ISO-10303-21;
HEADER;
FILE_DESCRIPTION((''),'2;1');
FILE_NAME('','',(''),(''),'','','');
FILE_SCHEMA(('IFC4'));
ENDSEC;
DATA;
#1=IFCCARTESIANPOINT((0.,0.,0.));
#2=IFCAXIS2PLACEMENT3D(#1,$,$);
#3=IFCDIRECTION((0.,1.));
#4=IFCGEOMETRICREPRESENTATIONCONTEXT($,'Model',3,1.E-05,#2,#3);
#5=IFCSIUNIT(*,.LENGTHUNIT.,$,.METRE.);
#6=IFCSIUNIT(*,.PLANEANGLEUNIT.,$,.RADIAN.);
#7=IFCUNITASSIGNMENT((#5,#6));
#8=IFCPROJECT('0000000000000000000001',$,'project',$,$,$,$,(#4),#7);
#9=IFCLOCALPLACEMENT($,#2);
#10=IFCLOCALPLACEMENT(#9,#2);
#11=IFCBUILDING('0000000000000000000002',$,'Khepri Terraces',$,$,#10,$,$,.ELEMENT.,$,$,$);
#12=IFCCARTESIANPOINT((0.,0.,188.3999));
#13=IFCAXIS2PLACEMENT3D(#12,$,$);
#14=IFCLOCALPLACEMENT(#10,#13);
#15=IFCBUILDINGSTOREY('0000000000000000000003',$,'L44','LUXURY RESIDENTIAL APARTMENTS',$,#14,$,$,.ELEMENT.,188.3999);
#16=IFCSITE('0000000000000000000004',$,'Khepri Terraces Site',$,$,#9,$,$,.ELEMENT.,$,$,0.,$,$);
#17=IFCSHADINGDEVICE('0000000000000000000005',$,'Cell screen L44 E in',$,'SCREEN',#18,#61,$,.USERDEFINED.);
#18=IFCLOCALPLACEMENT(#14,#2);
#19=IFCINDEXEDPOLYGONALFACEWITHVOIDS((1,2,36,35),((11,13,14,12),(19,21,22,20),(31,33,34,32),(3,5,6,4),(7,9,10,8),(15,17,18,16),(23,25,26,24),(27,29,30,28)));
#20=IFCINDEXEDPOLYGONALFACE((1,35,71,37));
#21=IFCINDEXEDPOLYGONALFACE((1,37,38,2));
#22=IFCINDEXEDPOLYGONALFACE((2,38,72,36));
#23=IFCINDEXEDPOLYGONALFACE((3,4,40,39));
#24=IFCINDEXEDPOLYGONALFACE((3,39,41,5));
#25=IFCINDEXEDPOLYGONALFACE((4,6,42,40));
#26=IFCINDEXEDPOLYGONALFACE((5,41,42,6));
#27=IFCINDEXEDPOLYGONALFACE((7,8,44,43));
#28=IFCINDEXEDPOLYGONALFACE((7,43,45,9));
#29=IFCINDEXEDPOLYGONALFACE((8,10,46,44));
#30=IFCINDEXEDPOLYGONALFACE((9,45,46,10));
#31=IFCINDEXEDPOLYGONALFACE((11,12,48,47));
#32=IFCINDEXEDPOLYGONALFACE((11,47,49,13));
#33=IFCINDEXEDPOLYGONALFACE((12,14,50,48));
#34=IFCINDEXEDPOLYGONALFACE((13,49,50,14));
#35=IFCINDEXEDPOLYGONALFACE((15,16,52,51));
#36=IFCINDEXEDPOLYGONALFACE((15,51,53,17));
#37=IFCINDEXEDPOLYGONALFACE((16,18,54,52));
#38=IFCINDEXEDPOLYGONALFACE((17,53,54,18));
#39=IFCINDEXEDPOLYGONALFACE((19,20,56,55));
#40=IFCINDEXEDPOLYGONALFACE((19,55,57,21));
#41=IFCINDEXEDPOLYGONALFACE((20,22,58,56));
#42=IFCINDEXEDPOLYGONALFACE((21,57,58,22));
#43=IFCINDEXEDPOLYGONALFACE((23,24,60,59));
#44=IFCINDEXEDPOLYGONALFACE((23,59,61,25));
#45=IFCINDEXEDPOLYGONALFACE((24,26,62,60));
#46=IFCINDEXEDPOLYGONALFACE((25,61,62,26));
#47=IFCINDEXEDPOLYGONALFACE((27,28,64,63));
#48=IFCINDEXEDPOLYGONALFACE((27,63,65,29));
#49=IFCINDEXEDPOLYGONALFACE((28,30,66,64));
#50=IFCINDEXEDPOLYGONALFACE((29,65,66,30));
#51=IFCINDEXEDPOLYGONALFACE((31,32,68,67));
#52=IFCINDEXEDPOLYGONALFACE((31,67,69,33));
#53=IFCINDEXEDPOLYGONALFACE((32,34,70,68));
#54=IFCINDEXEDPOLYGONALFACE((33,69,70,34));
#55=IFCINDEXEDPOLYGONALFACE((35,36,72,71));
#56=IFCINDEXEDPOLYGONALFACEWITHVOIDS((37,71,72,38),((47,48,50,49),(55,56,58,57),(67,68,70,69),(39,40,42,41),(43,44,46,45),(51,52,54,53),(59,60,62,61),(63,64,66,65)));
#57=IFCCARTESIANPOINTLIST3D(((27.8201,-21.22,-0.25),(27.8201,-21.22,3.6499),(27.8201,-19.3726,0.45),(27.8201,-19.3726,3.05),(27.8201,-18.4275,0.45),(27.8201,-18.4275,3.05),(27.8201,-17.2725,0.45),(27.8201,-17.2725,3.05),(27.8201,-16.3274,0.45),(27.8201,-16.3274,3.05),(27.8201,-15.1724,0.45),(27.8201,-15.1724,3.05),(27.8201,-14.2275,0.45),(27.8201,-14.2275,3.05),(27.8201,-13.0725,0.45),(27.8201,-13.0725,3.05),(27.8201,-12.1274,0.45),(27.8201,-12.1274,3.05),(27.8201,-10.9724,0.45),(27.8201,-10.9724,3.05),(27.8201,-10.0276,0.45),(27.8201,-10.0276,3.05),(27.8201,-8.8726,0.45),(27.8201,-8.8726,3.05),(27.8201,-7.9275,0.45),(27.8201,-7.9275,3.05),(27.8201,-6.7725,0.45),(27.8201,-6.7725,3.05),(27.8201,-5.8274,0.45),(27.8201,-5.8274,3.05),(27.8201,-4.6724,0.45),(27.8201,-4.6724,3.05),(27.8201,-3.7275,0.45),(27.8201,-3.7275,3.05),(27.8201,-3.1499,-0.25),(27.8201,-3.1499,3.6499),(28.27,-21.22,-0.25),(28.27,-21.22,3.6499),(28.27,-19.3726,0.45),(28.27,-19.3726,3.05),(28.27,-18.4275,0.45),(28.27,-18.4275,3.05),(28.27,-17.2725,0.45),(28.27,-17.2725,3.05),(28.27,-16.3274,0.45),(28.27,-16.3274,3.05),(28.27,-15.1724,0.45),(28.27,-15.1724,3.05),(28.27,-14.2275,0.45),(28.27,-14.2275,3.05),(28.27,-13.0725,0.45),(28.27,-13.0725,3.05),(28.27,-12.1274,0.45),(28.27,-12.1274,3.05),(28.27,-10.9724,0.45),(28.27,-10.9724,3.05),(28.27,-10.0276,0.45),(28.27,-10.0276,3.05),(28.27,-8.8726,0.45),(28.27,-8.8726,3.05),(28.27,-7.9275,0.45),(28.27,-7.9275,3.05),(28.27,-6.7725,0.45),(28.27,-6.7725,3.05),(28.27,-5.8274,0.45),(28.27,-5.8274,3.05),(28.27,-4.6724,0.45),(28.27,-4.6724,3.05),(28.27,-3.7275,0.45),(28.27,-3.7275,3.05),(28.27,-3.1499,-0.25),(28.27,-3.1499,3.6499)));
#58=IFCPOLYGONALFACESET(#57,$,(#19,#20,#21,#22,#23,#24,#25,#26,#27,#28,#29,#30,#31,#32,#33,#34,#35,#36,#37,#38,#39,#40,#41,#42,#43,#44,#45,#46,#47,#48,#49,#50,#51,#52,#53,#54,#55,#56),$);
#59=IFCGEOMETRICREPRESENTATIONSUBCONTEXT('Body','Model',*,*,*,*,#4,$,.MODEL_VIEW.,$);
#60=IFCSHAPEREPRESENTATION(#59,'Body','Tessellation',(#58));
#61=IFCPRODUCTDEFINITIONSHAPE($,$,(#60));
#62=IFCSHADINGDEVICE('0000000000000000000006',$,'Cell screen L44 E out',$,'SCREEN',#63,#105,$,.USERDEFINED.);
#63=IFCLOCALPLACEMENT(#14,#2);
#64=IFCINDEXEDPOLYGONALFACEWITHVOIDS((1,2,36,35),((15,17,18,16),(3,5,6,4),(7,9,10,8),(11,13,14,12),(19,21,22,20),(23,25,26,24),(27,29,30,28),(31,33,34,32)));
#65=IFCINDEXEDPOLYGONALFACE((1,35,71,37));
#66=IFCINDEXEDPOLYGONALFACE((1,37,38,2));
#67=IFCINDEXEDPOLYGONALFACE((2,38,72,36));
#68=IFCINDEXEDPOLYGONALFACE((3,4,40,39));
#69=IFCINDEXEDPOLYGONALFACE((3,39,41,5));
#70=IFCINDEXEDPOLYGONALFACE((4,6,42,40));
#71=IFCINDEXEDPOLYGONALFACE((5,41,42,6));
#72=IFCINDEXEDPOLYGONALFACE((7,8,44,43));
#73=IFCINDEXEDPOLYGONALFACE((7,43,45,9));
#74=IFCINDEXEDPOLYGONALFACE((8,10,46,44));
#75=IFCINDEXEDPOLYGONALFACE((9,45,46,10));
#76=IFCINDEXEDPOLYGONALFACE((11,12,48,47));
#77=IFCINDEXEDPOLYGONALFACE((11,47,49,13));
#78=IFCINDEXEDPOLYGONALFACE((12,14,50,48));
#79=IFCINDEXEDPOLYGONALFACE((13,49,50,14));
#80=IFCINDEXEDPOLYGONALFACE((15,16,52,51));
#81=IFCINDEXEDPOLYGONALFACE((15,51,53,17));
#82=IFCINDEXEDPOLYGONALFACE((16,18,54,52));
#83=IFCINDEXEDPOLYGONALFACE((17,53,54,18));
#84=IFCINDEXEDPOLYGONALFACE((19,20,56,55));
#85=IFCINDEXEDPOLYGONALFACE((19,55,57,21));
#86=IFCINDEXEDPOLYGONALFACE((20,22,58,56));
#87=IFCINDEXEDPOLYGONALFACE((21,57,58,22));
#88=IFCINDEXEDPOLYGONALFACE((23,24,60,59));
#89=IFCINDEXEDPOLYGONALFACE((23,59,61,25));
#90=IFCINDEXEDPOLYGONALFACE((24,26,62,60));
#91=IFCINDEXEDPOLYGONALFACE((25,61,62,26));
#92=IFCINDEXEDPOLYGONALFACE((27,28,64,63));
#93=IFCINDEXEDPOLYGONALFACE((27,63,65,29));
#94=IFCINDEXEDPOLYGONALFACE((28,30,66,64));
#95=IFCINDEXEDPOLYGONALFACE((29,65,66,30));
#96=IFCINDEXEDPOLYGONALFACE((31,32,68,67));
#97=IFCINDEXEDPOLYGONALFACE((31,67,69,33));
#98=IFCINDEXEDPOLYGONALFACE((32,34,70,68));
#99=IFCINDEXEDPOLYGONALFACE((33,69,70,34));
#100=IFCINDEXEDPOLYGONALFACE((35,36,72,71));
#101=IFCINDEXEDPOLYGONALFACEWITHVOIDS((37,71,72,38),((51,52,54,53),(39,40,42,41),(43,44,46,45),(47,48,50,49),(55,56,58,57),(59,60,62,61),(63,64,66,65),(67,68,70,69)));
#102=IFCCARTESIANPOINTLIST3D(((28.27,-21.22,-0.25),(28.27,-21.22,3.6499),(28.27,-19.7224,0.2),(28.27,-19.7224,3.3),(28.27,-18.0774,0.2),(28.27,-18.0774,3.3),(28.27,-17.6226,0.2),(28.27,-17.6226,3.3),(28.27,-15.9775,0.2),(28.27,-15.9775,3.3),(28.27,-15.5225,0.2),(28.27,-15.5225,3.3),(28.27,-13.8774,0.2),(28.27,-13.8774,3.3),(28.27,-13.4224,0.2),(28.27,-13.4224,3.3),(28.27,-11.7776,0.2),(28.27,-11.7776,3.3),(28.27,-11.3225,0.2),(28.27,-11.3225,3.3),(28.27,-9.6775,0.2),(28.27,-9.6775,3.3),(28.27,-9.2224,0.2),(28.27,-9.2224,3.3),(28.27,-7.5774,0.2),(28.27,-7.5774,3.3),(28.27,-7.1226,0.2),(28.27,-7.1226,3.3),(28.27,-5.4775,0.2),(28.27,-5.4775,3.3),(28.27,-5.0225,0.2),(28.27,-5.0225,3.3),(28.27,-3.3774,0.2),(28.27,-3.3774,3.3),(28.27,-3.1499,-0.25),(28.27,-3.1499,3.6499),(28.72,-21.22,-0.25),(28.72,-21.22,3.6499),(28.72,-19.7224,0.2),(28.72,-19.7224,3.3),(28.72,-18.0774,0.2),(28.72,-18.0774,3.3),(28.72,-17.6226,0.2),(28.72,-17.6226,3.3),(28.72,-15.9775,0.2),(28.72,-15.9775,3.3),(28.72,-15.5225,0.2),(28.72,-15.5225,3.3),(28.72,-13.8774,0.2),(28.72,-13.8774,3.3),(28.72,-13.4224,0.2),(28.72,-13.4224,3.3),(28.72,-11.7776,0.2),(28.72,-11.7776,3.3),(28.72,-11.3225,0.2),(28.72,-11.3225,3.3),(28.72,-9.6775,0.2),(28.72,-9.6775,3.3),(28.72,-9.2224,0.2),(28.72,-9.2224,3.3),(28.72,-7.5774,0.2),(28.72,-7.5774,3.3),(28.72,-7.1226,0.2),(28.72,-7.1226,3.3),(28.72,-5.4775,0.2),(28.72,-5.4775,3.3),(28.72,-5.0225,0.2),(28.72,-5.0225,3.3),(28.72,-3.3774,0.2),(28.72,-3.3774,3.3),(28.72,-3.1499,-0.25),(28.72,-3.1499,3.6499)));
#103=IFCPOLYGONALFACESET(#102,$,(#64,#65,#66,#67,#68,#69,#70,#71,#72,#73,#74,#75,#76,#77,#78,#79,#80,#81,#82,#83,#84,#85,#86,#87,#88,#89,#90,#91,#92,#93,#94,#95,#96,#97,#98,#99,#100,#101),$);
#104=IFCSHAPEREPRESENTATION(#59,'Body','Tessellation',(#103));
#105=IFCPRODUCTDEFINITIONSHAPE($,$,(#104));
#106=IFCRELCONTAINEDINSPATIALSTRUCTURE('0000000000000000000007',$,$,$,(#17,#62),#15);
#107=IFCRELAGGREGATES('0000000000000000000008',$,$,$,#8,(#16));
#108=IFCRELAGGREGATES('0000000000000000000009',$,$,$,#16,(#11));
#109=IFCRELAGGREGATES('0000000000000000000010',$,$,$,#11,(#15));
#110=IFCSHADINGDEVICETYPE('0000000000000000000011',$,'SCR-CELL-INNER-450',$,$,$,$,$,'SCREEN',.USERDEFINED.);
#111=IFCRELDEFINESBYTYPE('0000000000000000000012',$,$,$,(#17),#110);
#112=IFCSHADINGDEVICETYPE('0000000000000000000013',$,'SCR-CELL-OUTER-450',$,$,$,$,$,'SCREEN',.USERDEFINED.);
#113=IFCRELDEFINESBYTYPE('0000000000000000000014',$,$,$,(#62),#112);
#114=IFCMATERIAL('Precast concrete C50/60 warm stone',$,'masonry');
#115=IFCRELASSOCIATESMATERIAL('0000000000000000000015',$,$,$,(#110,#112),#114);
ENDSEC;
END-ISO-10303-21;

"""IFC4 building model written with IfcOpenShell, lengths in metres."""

from ifc_helpers import new_model, si_unit, direction, frame, origin, place, context, subcontext, project, spatial, polyline, outline, extrude, material, type_object, element, save


model = new_model("IFC4")

# Units and contexts
model_context = context("Model", 3, precision=1e-05, world=origin(), true_north=direction((0.0, 1.0)))
body_context = subcontext(model_context, "Body", "Model", "MODEL_VIEW")
ifc_project = project(units=[si_unit("LENGTHUNIT", "METRE"), si_unit("PLANEANGLEUNIT", "RADIAN")], contexts=[model_context])

# Site, building, storey
site_placement = place(None, origin())
site = spatial("IfcSite", under=ifc_project, at=site_placement, Name="Khepri Terraces Site", CompositionType="ELEMENT", RefElevation=0.0)
building_placement = place(site_placement, origin())
building = spatial("IfcBuilding", under=site, at=building_placement, Name="Khepri Terraces", CompositionType="ELEMENT")
storey_placement = place(building_placement, frame((0.0, 0.0, 188.3999)))
storey = spatial("IfcBuildingStorey", under=building, at=storey_placement, Name="L44", Description="LUXURY RESIDENTIAL APARTMENTS", CompositionType="ELEMENT", Elevation=188.3999)

# Shared definitions
ifc_material_1 = material(Name="Precast concrete C50/60 warm stone", Category="masonry")

# Shading devices
shading_device_type_1 = type_object("IfcShadingDeviceType", Name="SCR-CELL-INNER-450", ElementType="SCREEN", PredefinedType="USERDEFINED", material=ifc_material_1)
shading_device_1_placement = place(storey_placement, frame((27.8201, -21.22, -0.25), z_axis=(1.0, 0.0, 0.0), x_axis=(0.0, 1.0, 0.0)))
element("IfcShadingDevice", 1, at=shading_device_1_placement, inside=storey, type_object=shading_device_type_1, Name="Cell screen L44 E in", ObjectType="SCREEN", PredefinedType="USERDEFINED", context=body_context, shape_type="SweptSolid", body=[
    extrude(outline(polyline([(0.0, 0.0), (18.0701, 0.0), (18.0701, 3.8999), (0.0, 3.8999), (0.0, 0.0)]), holes=[polyline([(1.8474, 0.7), (2.7925, 0.7), (2.7925, 3.3), (1.8474, 3.3), (1.8474, 0.7)]), polyline([(3.9475, 0.7), (4.8926, 0.7), (4.8926, 3.3), (3.9475, 3.3), (3.9475, 0.7)]), polyline([(6.0476, 0.7), (6.9924, 0.7), (6.9924, 3.3), (6.0476, 3.3), (6.0476, 0.7)]), polyline([(8.1475, 0.7), (9.0925, 0.7), (9.0925, 3.3), (8.1475, 3.3), (8.1475, 0.7)]), polyline([(10.2476, 0.7), (11.1924, 0.7), (11.1924, 3.3), (10.2476, 3.3), (10.2476, 0.7)]), polyline([(12.3474, 0.7), (13.2925, 0.7), (13.2925, 3.3), (12.3474, 3.3), (12.3474, 0.7)]), polyline([(14.4475, 0.7), (15.3926, 0.7), (15.3926, 3.3), (14.4475, 3.3), (14.4475, 0.7)]), polyline([(16.5476, 0.7), (17.4924, 0.7), (17.4924, 3.3), (16.5476, 3.3), (16.5476, 0.7)])]), origin(), (0.0, 0.0, 1.0), 0.45),
])
shading_device_type_2 = type_object("IfcShadingDeviceType", Name="SCR-CELL-OUTER-450", ElementType="SCREEN", PredefinedType="USERDEFINED", material=ifc_material_1)
shading_device_2_placement = place(storey_placement, frame((28.27, -21.22, -0.25), z_axis=(1.0, 0.0, 0.0), x_axis=(0.0, 1.0, 0.0)))
element("IfcShadingDevice", 2, at=shading_device_2_placement, inside=storey, type_object=shading_device_type_2, Name="Cell screen L44 E out", ObjectType="SCREEN", PredefinedType="USERDEFINED", context=body_context, shape_type="SweptSolid", body=[
    extrude(outline(polyline([(0.0, 0.0), (18.0701, 0.0), (18.0701, 3.8999), (0.0, 3.8999), (0.0, 0.0)]), holes=[polyline([(1.4976, 0.45), (3.1426, 0.45), (3.1426, 3.55), (1.4976, 3.55), (1.4976, 0.45)]), polyline([(3.5974, 0.45), (5.2424, 0.45), (5.2424, 3.55), (3.5974, 3.55), (3.5974, 0.45)]), polyline([(5.6975, 0.45), (7.3425, 0.45), (7.3425, 3.55), (5.6975, 3.55), (5.6975, 0.45)]), polyline([(7.7976, 0.45), (9.4424, 0.45), (9.4424, 3.55), (7.7976, 3.55), (7.7976, 0.45)]), polyline([(9.8975, 0.45), (11.5425, 0.45), (11.5425, 3.55), (9.8975, 3.55), (9.8975, 0.45)]), polyline([(11.9976, 0.45), (13.6426, 0.45), (13.6426, 3.55), (11.9976, 3.55), (11.9976, 0.45)]), polyline([(14.0974, 0.45), (15.7424, 0.45), (15.7424, 3.55), (14.0974, 3.55), (14.0974, 0.45)]), polyline([(16.1975, 0.45), (17.8425, 0.45), (17.8425, 3.55), (16.1975, 3.55), (16.1975, 0.45)])]), origin(), (0.0, 0.0, 1.0), 0.45),
])

save(model, "model.ifc")
